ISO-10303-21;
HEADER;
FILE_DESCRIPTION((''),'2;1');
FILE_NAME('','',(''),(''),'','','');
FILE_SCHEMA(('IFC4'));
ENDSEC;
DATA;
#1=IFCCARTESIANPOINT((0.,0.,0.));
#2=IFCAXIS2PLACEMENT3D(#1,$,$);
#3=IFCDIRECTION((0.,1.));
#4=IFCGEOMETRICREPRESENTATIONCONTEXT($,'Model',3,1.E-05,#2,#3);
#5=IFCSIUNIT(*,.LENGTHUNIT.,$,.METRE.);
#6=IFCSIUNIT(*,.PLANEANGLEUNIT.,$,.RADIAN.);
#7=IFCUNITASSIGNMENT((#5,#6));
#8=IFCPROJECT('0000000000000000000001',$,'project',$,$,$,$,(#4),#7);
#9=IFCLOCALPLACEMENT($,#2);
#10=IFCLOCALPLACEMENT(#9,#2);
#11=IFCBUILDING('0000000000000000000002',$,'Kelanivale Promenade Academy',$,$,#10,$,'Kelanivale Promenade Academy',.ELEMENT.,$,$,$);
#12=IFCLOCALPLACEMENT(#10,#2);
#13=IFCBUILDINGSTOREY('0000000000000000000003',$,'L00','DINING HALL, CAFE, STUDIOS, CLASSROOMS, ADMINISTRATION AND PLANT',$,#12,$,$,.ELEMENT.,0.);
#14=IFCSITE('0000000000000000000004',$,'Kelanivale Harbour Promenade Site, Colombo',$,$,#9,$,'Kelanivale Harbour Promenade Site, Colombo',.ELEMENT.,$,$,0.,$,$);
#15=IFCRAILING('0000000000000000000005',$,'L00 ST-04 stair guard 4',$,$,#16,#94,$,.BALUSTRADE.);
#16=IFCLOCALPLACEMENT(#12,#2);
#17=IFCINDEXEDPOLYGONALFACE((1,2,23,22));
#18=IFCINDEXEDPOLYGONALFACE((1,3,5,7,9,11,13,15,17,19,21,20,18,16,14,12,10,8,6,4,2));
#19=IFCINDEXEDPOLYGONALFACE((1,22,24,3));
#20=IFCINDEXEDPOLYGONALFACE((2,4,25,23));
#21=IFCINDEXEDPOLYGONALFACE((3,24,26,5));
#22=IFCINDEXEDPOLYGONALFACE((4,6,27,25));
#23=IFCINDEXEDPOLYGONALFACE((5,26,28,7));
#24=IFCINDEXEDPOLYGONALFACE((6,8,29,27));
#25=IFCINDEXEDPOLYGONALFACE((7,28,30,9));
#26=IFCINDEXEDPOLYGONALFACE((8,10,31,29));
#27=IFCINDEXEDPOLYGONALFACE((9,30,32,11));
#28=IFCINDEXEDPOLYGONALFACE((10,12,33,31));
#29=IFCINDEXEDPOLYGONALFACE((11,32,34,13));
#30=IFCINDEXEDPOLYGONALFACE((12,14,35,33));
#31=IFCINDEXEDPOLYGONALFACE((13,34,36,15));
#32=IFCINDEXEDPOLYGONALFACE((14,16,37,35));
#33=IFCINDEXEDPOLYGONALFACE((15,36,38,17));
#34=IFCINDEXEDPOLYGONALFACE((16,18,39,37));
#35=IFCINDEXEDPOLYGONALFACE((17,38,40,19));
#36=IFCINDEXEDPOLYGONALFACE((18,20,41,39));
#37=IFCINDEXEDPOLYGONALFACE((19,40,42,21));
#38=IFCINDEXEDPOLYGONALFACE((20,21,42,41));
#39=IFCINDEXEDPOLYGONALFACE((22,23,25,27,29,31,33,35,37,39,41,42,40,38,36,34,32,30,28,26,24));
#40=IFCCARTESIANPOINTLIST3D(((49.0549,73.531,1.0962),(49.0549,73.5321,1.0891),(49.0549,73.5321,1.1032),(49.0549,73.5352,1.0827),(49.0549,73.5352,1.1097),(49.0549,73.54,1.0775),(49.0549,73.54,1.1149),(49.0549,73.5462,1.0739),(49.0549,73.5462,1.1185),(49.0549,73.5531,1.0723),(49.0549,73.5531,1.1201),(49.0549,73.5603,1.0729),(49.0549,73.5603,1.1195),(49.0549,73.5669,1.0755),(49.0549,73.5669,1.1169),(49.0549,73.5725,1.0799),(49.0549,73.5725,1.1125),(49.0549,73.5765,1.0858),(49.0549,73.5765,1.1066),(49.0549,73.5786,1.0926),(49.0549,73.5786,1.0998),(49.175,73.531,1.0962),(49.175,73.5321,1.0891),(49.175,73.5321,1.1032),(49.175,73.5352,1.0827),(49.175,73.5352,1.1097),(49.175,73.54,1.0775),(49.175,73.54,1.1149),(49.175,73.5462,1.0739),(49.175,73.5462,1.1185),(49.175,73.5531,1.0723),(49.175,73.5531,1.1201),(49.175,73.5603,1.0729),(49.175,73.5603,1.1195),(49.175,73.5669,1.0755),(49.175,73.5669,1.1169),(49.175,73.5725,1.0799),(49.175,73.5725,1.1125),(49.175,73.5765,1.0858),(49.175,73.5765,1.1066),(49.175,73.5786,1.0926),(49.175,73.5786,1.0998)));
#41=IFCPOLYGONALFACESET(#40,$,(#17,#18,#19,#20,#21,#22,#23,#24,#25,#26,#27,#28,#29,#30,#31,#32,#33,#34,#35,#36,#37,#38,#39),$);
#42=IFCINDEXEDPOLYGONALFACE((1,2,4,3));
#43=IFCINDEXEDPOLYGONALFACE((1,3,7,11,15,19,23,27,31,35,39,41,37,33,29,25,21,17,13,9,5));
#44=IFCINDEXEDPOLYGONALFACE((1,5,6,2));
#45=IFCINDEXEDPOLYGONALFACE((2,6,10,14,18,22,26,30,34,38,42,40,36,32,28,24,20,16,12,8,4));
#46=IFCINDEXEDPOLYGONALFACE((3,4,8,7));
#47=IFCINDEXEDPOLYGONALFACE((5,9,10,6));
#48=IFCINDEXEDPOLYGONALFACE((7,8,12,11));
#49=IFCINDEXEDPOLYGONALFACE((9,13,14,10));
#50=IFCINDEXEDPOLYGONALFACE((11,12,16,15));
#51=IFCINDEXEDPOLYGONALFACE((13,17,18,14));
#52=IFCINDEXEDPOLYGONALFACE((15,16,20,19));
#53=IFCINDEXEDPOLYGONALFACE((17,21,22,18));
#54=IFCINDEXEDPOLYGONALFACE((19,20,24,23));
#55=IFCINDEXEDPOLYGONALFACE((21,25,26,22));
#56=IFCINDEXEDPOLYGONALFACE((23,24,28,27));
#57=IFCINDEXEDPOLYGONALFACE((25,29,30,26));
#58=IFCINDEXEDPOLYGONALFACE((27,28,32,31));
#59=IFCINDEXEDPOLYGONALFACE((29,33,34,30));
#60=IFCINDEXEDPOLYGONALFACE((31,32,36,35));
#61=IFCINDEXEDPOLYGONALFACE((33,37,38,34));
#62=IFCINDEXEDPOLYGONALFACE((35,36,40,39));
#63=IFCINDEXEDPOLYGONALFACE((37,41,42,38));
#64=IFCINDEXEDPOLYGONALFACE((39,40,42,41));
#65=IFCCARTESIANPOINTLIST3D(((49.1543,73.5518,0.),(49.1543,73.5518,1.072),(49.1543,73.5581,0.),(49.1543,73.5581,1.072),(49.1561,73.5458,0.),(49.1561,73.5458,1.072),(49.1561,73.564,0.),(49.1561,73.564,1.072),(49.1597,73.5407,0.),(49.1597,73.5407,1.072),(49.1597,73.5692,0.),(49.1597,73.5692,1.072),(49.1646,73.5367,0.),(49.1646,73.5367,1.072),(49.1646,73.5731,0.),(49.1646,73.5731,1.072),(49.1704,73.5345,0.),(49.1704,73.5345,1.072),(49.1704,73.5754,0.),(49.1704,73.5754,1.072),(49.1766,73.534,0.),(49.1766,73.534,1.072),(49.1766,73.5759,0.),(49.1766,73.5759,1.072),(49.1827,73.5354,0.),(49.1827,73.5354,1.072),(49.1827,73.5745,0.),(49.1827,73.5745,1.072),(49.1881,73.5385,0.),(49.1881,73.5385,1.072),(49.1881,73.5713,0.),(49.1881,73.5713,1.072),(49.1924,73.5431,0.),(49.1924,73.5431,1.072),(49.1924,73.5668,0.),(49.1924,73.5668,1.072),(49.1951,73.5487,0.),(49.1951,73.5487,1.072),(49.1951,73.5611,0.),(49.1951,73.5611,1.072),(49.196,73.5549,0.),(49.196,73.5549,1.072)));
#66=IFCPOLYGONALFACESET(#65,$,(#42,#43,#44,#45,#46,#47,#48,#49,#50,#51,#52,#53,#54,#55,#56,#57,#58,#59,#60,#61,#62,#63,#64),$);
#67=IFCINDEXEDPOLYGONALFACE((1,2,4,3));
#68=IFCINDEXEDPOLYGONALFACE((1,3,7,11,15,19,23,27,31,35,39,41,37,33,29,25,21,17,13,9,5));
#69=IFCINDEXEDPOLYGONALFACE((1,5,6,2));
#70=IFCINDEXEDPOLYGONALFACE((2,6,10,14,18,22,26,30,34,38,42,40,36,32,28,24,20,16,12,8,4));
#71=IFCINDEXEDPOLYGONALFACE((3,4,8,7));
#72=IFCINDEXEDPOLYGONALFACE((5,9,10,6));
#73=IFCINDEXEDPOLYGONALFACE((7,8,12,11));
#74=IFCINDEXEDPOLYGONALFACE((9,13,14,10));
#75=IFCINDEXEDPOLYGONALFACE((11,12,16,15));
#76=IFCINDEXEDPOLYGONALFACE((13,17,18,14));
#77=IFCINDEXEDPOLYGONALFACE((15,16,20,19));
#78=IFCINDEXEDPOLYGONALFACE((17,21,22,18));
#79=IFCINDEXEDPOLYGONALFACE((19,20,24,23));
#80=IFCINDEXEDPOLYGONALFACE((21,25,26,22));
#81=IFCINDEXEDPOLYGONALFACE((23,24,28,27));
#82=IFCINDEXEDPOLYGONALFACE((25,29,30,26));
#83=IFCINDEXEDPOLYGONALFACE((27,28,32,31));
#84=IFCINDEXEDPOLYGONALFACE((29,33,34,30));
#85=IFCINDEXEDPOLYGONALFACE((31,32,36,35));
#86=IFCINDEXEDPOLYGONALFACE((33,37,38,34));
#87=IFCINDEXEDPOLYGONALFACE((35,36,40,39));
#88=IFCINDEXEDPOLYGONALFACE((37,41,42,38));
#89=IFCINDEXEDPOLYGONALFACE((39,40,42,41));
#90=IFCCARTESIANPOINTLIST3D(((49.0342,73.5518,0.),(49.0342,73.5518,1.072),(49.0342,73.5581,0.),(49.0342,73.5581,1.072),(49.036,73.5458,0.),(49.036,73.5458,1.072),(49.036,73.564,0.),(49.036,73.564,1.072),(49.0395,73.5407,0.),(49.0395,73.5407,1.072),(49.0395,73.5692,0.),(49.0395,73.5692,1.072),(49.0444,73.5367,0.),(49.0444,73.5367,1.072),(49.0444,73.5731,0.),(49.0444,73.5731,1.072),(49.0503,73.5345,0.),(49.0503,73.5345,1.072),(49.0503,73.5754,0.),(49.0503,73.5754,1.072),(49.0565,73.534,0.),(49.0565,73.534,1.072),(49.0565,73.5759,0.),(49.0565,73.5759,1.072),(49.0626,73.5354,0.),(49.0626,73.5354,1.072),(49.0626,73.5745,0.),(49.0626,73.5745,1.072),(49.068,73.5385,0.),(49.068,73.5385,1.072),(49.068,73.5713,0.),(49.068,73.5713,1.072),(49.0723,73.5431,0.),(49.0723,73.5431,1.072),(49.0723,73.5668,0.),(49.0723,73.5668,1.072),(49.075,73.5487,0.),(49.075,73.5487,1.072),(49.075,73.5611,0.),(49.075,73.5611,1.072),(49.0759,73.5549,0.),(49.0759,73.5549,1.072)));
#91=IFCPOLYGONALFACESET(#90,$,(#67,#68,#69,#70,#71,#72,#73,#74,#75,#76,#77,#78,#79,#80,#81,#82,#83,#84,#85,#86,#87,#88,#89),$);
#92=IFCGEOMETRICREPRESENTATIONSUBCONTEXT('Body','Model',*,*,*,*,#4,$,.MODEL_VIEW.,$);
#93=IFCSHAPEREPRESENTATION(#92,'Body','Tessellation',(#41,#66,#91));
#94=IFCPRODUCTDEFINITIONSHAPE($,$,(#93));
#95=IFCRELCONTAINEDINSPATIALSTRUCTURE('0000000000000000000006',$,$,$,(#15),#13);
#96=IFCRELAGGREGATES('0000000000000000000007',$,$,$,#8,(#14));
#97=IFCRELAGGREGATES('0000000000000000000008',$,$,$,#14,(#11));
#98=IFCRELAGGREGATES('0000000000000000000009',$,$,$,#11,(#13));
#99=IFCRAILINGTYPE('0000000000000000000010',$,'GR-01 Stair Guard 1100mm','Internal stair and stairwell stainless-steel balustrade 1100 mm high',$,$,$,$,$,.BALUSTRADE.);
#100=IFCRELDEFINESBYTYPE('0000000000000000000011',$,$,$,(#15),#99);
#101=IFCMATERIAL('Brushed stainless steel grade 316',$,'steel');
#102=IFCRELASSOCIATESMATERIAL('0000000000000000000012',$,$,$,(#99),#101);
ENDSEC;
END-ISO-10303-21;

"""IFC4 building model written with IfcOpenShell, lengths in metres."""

from ifc_helpers import new_model, si_unit, direction, frame, origin, origin_2d, place, context, subcontext, project, spatial, circle, extrude, material, type_object, element, save


model = new_model("IFC4")

# Units and contexts
model_context = context("Model", 3, precision=1e-05, world=origin(), true_north=direction((0.0, 1.0)))
body_context = subcontext(model_context, "Body", "Model", "MODEL_VIEW")
ifc_project = project(units=[si_unit("LENGTHUNIT", "METRE"), si_unit("PLANEANGLEUNIT", "RADIAN")], contexts=[model_context])

# Site, building, storey
site_placement = place(None, origin())
site = spatial("IfcSite", under=ifc_project, at=site_placement, Name="Kelanivale Harbour Promenade Site, Colombo", LongName="Kelanivale Harbour Promenade Site, Colombo", CompositionType="ELEMENT", RefElevation=0.0)
building_placement = place(site_placement, origin())
building = spatial("IfcBuilding", under=site, at=building_placement, Name="Kelanivale Promenade Academy", LongName="Kelanivale Promenade Academy", CompositionType="ELEMENT")
storey_placement = place(building_placement, origin())
storey = spatial("IfcBuildingStorey", under=building, at=storey_placement, Name="L00", Description="DINING HALL, CAFE, STUDIOS, CLASSROOMS, ADMINISTRATION AND PLANT", CompositionType="ELEMENT", Elevation=0.0)

# Railing
ifc_material_1 = material(Name="Brushed stainless steel grade 316", Category="steel")
railing_type_1 = type_object("IfcRailingType", Name="GR-01 Stair Guard 1100mm", Description="Internal stair and stairwell stainless-steel balustrade 1100 mm high", PredefinedType="BALUSTRADE", material=ifc_material_1)
railing_1_placement = place(storey_placement, frame((49.175, 73.5549, 0.0)))
element("IfcRailing", 1, at=railing_1_placement, inside=storey, type_object=railing_type_1, Name="L00 ST-04 stair guard 4", PredefinedType="BALUSTRADE", context=body_context, shape_type="SweptSolid", body=[
    extrude(circle(Radius=0.0239, at=origin_2d()), frame((0.0, 0.0, 1.0962), z_axis=(-1.0, 0.0, 0.0), x_axis=(0.0, -1.0, 0.0)), (0.0, 0.0, 1.0), 0.1201),
    extrude(circle(Radius=0.021, at=origin_2d()), origin(), (0.0, 0.0, 1.0), 1.072),
    extrude(circle(Radius=0.021, at=origin_2d()), frame((-0.1201, 0.0, 0.0)), (0.0, 0.0, 1.0), 1.072),
])

save(model, "model.ifc")
